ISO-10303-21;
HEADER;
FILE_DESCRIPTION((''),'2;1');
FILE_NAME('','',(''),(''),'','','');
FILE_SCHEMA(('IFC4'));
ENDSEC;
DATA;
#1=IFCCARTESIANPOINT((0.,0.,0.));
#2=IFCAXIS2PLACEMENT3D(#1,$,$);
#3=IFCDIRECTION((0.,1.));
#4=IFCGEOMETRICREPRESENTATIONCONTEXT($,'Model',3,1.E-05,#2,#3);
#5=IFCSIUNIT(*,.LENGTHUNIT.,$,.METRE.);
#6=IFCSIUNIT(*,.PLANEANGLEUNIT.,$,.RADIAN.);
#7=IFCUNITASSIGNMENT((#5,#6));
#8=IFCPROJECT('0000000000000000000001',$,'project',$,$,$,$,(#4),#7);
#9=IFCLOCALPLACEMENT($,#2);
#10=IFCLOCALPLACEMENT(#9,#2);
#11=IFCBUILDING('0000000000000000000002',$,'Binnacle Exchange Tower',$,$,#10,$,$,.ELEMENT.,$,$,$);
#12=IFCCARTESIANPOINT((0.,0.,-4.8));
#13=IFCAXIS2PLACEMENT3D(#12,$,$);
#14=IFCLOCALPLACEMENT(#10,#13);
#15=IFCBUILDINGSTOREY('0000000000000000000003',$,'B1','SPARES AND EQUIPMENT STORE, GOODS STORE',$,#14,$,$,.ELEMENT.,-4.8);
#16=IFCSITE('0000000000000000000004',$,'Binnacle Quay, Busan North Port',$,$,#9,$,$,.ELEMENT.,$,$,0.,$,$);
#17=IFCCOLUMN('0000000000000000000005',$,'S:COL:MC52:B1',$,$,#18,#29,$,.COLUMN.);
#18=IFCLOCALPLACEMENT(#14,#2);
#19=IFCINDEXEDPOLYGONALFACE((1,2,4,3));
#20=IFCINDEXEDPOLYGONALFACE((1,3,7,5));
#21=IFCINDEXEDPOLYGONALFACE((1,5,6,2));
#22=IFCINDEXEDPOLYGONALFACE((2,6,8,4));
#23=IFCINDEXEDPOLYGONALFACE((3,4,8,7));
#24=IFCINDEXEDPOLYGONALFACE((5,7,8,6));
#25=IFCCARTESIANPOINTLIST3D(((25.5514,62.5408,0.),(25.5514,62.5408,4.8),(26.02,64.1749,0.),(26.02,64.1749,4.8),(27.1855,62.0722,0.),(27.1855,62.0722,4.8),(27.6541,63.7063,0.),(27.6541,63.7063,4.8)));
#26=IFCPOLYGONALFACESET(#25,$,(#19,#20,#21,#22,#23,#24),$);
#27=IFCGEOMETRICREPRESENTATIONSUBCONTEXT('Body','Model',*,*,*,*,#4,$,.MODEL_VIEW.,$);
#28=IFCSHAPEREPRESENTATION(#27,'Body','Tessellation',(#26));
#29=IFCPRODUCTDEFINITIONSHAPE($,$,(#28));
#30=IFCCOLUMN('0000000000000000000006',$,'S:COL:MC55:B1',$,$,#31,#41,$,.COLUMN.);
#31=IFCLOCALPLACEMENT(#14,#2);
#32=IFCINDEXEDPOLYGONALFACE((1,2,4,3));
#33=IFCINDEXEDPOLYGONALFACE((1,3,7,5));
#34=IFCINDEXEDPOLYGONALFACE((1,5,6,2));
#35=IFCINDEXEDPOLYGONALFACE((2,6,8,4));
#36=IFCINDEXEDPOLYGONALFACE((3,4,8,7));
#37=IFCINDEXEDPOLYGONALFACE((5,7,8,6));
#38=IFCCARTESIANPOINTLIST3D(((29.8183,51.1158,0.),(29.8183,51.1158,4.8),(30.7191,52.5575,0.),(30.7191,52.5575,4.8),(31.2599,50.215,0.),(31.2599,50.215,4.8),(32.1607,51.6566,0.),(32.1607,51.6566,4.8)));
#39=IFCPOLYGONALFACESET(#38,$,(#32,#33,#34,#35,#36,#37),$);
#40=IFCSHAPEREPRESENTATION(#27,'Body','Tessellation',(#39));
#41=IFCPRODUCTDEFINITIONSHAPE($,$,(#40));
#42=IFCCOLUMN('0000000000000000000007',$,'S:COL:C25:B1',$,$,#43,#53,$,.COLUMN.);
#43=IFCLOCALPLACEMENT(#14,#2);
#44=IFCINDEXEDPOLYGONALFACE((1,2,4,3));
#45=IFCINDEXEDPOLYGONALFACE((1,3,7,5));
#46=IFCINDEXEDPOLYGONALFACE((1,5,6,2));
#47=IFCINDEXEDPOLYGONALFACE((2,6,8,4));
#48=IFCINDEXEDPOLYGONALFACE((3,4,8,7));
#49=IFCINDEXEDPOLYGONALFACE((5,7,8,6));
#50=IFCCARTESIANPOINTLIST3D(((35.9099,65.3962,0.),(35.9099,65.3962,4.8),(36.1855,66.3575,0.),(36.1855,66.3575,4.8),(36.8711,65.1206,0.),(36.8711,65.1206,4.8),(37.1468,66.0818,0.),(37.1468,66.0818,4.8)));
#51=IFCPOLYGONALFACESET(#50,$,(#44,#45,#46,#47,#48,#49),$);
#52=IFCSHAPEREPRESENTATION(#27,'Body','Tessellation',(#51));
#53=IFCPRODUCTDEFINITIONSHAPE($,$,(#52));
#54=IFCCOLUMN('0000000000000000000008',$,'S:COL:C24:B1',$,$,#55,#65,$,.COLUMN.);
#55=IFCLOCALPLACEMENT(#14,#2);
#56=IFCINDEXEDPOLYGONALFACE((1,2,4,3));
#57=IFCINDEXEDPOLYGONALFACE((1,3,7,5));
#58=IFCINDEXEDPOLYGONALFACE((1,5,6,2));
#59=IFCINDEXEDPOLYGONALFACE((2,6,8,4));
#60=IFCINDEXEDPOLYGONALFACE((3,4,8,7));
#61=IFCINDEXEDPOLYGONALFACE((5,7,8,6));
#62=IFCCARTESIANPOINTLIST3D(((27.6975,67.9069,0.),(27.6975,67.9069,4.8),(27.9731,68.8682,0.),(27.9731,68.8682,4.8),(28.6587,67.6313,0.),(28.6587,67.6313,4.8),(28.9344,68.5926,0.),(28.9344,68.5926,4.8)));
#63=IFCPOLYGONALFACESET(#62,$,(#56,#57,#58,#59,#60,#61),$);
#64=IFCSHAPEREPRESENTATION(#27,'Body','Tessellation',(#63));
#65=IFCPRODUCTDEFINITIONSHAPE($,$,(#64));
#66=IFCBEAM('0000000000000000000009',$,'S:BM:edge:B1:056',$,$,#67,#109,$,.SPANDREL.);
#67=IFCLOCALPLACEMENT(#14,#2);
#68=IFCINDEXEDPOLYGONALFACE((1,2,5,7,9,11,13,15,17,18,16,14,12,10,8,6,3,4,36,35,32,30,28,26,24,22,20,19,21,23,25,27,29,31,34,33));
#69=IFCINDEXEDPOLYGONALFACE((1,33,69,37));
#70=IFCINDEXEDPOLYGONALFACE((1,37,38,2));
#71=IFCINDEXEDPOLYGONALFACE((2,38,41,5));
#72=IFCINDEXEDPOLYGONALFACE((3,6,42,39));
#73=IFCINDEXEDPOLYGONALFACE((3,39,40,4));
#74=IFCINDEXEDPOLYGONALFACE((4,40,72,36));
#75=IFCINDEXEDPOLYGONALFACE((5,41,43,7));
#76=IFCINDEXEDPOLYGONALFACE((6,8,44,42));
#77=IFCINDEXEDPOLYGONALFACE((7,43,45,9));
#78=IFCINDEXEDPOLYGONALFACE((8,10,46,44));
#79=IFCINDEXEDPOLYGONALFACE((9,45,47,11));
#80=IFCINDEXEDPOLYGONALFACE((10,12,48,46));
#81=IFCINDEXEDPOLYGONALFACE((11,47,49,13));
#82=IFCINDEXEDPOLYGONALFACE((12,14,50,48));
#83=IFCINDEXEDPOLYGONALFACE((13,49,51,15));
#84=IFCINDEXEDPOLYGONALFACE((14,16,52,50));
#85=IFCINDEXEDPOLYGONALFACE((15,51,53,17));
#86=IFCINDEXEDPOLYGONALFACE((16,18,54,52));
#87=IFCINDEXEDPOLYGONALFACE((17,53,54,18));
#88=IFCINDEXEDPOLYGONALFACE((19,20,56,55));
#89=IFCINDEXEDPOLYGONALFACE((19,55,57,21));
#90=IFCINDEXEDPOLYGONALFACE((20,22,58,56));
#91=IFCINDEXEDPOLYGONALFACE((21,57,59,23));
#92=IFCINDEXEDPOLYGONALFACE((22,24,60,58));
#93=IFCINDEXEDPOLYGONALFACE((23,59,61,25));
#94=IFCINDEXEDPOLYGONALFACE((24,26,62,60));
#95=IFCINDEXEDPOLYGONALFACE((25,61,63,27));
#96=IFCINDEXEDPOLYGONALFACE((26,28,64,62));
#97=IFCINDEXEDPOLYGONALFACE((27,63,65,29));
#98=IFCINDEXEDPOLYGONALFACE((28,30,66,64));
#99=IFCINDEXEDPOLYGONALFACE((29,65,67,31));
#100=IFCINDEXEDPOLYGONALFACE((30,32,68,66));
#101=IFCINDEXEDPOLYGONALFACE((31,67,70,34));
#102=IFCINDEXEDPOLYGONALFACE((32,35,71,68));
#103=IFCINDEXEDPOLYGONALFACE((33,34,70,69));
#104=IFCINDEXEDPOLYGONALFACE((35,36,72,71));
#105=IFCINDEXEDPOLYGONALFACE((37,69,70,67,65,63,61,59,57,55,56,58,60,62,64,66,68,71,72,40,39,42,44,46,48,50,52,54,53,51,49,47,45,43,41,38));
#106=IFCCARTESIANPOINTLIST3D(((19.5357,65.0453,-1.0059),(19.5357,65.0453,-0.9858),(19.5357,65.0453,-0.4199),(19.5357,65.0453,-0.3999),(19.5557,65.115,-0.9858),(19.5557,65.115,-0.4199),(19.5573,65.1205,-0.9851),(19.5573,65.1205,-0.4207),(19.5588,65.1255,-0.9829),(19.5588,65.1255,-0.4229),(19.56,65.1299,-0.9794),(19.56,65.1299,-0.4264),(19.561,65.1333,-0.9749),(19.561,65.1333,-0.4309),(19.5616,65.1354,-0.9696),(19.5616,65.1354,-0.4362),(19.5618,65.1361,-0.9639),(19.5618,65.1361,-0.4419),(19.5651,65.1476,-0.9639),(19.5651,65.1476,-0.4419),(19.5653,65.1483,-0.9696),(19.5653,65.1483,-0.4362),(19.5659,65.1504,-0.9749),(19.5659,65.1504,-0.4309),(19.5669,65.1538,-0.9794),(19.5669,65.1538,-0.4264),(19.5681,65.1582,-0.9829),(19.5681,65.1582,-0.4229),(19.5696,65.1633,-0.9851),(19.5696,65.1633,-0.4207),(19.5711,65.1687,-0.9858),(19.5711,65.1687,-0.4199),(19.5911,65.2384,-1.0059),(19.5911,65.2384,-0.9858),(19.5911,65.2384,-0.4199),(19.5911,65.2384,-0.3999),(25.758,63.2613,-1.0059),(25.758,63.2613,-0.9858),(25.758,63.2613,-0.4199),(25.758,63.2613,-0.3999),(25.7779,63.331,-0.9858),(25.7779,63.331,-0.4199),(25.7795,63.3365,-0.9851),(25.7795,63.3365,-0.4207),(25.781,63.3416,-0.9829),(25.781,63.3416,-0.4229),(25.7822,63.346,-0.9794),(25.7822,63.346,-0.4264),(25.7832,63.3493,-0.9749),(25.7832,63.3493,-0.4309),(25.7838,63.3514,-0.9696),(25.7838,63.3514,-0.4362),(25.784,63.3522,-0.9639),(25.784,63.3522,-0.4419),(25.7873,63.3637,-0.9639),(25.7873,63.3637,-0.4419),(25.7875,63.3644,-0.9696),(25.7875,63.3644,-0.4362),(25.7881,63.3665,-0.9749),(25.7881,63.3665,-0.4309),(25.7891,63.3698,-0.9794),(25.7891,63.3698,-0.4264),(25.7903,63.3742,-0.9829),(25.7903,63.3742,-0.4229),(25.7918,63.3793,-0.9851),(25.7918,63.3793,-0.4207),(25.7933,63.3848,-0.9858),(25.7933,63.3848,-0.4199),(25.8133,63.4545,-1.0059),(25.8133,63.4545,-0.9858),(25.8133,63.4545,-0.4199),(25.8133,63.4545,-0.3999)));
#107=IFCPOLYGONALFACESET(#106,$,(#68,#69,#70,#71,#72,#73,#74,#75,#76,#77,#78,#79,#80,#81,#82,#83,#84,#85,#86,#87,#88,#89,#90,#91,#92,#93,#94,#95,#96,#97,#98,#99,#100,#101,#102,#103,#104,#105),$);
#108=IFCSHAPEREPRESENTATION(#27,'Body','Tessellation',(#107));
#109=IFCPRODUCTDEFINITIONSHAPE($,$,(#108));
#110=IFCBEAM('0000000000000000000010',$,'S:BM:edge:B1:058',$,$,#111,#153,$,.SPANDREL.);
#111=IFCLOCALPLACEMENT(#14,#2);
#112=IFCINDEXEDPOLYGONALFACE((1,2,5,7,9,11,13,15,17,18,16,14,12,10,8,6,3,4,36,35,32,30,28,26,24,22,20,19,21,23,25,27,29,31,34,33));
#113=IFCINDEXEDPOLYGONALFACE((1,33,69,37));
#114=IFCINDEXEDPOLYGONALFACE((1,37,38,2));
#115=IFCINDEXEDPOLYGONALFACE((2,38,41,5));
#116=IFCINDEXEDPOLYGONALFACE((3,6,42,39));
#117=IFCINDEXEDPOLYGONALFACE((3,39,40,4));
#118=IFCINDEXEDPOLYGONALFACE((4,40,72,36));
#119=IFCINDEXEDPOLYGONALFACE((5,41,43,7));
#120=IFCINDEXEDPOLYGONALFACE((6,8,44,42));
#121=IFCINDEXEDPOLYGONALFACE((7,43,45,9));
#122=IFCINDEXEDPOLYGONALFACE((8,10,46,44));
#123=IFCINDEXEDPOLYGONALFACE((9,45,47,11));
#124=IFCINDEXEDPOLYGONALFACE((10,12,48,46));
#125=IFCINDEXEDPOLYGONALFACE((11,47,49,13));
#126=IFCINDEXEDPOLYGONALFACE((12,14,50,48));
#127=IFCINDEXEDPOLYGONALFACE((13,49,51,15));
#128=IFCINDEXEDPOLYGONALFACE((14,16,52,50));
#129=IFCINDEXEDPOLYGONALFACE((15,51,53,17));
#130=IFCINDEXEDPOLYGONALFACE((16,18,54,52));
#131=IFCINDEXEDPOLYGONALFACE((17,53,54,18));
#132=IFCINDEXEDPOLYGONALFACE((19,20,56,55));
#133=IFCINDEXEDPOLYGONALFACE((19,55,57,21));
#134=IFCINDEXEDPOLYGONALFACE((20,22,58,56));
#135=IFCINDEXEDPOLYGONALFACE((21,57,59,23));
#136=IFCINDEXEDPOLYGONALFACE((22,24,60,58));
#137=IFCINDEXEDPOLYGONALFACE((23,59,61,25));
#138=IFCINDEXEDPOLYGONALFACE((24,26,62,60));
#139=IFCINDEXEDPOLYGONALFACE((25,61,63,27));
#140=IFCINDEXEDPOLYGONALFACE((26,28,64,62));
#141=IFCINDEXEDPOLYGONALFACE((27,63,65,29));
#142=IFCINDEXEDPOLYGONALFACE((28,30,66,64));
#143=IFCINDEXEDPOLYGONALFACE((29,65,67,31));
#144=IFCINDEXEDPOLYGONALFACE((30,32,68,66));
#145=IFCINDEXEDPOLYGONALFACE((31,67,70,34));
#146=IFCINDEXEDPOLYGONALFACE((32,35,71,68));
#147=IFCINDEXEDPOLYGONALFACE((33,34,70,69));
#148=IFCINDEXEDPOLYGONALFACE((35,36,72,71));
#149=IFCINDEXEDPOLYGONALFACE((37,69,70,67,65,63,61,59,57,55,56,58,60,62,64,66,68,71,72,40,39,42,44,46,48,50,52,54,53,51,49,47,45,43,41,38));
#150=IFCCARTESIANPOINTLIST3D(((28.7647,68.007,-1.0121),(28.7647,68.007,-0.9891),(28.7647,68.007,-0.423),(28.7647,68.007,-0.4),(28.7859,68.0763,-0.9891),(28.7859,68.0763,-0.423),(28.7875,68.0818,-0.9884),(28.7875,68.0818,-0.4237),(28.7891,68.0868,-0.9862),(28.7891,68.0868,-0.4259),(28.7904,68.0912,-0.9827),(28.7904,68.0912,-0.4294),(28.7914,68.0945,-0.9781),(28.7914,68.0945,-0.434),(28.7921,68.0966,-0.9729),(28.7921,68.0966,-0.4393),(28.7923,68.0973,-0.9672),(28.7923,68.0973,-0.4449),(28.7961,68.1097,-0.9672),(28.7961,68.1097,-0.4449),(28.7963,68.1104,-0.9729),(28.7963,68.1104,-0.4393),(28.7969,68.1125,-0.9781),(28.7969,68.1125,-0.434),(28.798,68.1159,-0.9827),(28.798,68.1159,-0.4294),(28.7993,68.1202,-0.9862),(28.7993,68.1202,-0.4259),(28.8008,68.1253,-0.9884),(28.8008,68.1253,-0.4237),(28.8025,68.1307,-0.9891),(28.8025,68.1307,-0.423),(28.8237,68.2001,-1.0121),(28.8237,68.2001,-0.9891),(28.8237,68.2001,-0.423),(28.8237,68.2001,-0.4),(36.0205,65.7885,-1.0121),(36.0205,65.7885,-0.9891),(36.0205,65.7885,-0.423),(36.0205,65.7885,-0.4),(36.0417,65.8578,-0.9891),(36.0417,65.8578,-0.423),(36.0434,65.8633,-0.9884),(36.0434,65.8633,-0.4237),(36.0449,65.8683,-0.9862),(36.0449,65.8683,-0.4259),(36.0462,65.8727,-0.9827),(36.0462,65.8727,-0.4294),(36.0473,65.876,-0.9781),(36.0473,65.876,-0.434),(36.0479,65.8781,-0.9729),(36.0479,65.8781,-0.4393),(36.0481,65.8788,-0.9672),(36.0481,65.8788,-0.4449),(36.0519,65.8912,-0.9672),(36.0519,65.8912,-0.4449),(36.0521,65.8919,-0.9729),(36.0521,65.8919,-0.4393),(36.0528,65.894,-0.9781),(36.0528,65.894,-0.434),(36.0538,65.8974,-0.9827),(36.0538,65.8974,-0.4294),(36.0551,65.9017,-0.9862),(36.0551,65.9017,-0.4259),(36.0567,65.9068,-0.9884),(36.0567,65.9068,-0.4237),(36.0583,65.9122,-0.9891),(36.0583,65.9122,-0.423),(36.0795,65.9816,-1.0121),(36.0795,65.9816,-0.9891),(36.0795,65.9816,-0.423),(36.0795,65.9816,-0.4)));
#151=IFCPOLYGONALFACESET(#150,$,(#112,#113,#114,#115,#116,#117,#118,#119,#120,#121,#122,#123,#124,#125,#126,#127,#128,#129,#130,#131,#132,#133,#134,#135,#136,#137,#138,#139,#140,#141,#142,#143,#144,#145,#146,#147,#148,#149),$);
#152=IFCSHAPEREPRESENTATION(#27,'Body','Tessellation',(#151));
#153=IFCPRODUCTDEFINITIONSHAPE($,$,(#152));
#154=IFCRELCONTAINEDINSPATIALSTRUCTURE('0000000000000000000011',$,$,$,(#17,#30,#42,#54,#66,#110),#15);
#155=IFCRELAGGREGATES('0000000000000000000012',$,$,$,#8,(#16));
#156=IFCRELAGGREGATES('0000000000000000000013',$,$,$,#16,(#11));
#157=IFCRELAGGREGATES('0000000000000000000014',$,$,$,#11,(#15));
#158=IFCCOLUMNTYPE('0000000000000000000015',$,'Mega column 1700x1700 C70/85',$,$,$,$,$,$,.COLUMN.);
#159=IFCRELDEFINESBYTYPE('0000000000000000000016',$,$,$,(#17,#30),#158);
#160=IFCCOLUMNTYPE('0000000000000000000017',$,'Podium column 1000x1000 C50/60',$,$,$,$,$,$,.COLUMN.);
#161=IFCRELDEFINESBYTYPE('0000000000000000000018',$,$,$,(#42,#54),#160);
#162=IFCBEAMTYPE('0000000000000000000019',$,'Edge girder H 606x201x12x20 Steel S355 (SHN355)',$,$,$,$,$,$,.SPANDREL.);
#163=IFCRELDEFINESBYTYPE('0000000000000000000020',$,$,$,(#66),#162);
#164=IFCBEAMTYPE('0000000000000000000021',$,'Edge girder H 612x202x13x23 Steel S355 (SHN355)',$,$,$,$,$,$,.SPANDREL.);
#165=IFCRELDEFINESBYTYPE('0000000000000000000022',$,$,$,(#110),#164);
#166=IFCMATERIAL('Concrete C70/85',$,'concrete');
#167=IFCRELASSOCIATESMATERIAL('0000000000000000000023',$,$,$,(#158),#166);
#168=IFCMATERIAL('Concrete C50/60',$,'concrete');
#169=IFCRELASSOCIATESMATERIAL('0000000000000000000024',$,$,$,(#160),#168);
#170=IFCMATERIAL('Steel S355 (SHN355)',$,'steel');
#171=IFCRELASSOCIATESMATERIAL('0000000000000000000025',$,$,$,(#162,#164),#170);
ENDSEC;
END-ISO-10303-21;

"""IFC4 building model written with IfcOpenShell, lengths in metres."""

from ifc_helpers import new_model, si_unit, direction, frame, origin, origin_2d, place, context, subcontext, project, spatial, rectangle, i_section, extrude, material, material_profile, profile_set, type_object, element, save


model = new_model("IFC4")

# Units and contexts
model_context = context("Model", 3, precision=1e-05, world=origin(), true_north=direction((0.0, 1.0)))
body_context = subcontext(model_context, "Body", "Model", "MODEL_VIEW")
ifc_project = project(units=[si_unit("LENGTHUNIT", "METRE"), si_unit("PLANEANGLEUNIT", "RADIAN")], contexts=[model_context])

# Site, building, storey
site_placement = place(None, origin())
site = spatial("IfcSite", under=ifc_project, at=site_placement, Name="Binnacle Quay, Busan North Port", CompositionType="ELEMENT", RefElevation=0.0)
building_placement = place(site_placement, origin())
building = spatial("IfcBuilding", under=site, at=building_placement, Name="Binnacle Exchange Tower", CompositionType="ELEMENT")
storey_placement = place(building_placement, frame((0.0, 0.0, -4.8)))
storey = spatial("IfcBuildingStorey", under=building, at=storey_placement, Name="B1", Description="SPARES AND EQUIPMENT STORE, GOODS STORE", CompositionType="ELEMENT", Elevation=-4.8)

# Columns
ifc_material_1 = material(Name="Concrete C70/85", Category="concrete")
ifc_material_profile_1 = material_profile(ifc_material_1, rectangle(XDim=1.7, YDim=1.7, at=origin_2d()), Name="Mega column 1700x1700 C70/85")
ifc_profile_set_1 = profile_set([ifc_material_profile_1], Name="Concrete C70/85")
column_type_1 = type_object("IfcColumnType", Name="Mega column 1700x1700 C70/85", PredefinedType="COLUMN", material=ifc_profile_set_1)
for number, where, z_axis, x_axis, name in (
    (1, (26.6028, 63.1235, 0.0), (0.0, 0.0, 1.0), (-0.961262, 0.275637, 0.0), "S:COL:MC52:B1"),
    (2, (30.9895, 51.3862, 0.0), (0.0, 0.0, 1.0), (0.529919, 0.848048, 0.0), "S:COL:MC55:B1"),
):
    element("IfcColumn", number, at=place(storey_placement, frame(where, z_axis=z_axis, x_axis=x_axis)), inside=storey, type_object=column_type_1, Name=name, PredefinedType="COLUMN", context=body_context, shape_type="SweptSolid", body=[
        extrude(rectangle(XDim=1.7, YDim=1.7, at=origin_2d()), origin(), (0.0, 0.0, 1.0), 4.8),
    ])
ifc_material_2 = material(Name="Concrete C50/60", Category="concrete")
ifc_material_profile_2 = material_profile(ifc_material_2, rectangle(XDim=1.0, YDim=1.0, at=origin_2d()), Name="Podium column 1000x1000 C50/60")
ifc_profile_set_2 = profile_set([ifc_material_profile_2], Name="Concrete C50/60")
column_type_2 = type_object("IfcColumnType", Name="Podium column 1000x1000 C50/60", PredefinedType="COLUMN", material=ifc_profile_set_2)
for number, where, z_axis, x_axis, name in (
    (3, (36.5283, 65.739, 0.0), (0.0, 0.0, 1.0), (-0.961262, 0.275637, 0.0), "S:COL:C25:B1"),
    (4, (28.3159, 68.2498, 0.0), (0.0, 0.0, 1.0), (-0.961262, 0.275637, 0.0), "S:COL:C24:B1"),
):
    element("IfcColumn", number, at=place(storey_placement, frame(where, z_axis=z_axis, x_axis=x_axis)), inside=storey, type_object=column_type_2, Name=name, PredefinedType="COLUMN", context=body_context, shape_type="SweptSolid", body=[
        extrude(rectangle(XDim=1.0, YDim=1.0, at=origin_2d()), origin(), (0.0, 0.0, 1.0), 4.8),
    ])

# Beams
ifc_material_3 = material(Name="Steel S355 (SHN355)", Category="steel")
ifc_material_profile_3 = material_profile(ifc_material_3, i_section(OverallWidth=0.2009, OverallDepth=0.606, WebThickness=0.012, FlangeThickness=0.02, FilletRadius=0.022, at=origin_2d()), Name="H 606x201x12x20")
ifc_profile_set_3 = profile_set([ifc_material_profile_3], Name="Steel S355 (SHN355)")
beam_type_1 = type_object("IfcBeamType", Name="Edge girder H 606x201x12x20 Steel S355 (SHN355)", PredefinedType="SPANDREL", material=ifc_profile_set_3)
beam_1_placement = place(storey_placement, frame((25.7856, 63.3579, -0.7029), z_axis=(-0.961272, 0.275603, 0.0), x_axis=(-0.275603, -0.961272, 0.0)))
element("IfcBeam", 5, at=beam_1_placement, inside=storey, type_object=beam_type_1, Name="S:BM:edge:B1:056", PredefinedType="SPANDREL", context=body_context, shape_type="SweptSolid", body=[
    extrude(i_section(OverallWidth=0.2009, OverallDepth=0.606, WebThickness=0.012, FlangeThickness=0.02, FilletRadius=0.022, at=origin_2d()), origin(), (0.0, 0.0, 1.0), 6.4729),
])
ifc_material_profile_4 = material_profile(ifc_material_3, i_section(OverallWidth=0.2019, OverallDepth=0.6121, WebThickness=0.0129, FlangeThickness=0.0229, FilletRadius=0.022, at=origin_2d()), Name="H 612x202x13x23")
ifc_profile_set_4 = profile_set([ifc_material_profile_4], Name="Steel S355 (SHN355)")
beam_type_2 = type_object("IfcBeamType", Name="Edge girder H 612x202x13x23 Steel S355 (SHN355)", PredefinedType="SPANDREL", material=ifc_profile_set_4)
beam_2_placement = place(storey_placement, frame((28.7942, 68.1035, -0.7061), z_axis=(0.956299, -0.292392, 0.0), x_axis=(0.292392, 0.956299, 0.0)))
element("IfcBeam", 6, at=beam_2_placement, inside=storey, type_object=beam_type_2, Name="S:BM:edge:B1:058", PredefinedType="SPANDREL", context=body_context, shape_type="SweptSolid", body=[
    extrude(i_section(OverallWidth=0.2019, OverallDepth=0.6121, WebThickness=0.0129, FlangeThickness=0.0229, FilletRadius=0.022, at=origin_2d()), origin(), (0.0, 0.0, 1.0), 7.5874),
])

save(model, "model.ifc")
